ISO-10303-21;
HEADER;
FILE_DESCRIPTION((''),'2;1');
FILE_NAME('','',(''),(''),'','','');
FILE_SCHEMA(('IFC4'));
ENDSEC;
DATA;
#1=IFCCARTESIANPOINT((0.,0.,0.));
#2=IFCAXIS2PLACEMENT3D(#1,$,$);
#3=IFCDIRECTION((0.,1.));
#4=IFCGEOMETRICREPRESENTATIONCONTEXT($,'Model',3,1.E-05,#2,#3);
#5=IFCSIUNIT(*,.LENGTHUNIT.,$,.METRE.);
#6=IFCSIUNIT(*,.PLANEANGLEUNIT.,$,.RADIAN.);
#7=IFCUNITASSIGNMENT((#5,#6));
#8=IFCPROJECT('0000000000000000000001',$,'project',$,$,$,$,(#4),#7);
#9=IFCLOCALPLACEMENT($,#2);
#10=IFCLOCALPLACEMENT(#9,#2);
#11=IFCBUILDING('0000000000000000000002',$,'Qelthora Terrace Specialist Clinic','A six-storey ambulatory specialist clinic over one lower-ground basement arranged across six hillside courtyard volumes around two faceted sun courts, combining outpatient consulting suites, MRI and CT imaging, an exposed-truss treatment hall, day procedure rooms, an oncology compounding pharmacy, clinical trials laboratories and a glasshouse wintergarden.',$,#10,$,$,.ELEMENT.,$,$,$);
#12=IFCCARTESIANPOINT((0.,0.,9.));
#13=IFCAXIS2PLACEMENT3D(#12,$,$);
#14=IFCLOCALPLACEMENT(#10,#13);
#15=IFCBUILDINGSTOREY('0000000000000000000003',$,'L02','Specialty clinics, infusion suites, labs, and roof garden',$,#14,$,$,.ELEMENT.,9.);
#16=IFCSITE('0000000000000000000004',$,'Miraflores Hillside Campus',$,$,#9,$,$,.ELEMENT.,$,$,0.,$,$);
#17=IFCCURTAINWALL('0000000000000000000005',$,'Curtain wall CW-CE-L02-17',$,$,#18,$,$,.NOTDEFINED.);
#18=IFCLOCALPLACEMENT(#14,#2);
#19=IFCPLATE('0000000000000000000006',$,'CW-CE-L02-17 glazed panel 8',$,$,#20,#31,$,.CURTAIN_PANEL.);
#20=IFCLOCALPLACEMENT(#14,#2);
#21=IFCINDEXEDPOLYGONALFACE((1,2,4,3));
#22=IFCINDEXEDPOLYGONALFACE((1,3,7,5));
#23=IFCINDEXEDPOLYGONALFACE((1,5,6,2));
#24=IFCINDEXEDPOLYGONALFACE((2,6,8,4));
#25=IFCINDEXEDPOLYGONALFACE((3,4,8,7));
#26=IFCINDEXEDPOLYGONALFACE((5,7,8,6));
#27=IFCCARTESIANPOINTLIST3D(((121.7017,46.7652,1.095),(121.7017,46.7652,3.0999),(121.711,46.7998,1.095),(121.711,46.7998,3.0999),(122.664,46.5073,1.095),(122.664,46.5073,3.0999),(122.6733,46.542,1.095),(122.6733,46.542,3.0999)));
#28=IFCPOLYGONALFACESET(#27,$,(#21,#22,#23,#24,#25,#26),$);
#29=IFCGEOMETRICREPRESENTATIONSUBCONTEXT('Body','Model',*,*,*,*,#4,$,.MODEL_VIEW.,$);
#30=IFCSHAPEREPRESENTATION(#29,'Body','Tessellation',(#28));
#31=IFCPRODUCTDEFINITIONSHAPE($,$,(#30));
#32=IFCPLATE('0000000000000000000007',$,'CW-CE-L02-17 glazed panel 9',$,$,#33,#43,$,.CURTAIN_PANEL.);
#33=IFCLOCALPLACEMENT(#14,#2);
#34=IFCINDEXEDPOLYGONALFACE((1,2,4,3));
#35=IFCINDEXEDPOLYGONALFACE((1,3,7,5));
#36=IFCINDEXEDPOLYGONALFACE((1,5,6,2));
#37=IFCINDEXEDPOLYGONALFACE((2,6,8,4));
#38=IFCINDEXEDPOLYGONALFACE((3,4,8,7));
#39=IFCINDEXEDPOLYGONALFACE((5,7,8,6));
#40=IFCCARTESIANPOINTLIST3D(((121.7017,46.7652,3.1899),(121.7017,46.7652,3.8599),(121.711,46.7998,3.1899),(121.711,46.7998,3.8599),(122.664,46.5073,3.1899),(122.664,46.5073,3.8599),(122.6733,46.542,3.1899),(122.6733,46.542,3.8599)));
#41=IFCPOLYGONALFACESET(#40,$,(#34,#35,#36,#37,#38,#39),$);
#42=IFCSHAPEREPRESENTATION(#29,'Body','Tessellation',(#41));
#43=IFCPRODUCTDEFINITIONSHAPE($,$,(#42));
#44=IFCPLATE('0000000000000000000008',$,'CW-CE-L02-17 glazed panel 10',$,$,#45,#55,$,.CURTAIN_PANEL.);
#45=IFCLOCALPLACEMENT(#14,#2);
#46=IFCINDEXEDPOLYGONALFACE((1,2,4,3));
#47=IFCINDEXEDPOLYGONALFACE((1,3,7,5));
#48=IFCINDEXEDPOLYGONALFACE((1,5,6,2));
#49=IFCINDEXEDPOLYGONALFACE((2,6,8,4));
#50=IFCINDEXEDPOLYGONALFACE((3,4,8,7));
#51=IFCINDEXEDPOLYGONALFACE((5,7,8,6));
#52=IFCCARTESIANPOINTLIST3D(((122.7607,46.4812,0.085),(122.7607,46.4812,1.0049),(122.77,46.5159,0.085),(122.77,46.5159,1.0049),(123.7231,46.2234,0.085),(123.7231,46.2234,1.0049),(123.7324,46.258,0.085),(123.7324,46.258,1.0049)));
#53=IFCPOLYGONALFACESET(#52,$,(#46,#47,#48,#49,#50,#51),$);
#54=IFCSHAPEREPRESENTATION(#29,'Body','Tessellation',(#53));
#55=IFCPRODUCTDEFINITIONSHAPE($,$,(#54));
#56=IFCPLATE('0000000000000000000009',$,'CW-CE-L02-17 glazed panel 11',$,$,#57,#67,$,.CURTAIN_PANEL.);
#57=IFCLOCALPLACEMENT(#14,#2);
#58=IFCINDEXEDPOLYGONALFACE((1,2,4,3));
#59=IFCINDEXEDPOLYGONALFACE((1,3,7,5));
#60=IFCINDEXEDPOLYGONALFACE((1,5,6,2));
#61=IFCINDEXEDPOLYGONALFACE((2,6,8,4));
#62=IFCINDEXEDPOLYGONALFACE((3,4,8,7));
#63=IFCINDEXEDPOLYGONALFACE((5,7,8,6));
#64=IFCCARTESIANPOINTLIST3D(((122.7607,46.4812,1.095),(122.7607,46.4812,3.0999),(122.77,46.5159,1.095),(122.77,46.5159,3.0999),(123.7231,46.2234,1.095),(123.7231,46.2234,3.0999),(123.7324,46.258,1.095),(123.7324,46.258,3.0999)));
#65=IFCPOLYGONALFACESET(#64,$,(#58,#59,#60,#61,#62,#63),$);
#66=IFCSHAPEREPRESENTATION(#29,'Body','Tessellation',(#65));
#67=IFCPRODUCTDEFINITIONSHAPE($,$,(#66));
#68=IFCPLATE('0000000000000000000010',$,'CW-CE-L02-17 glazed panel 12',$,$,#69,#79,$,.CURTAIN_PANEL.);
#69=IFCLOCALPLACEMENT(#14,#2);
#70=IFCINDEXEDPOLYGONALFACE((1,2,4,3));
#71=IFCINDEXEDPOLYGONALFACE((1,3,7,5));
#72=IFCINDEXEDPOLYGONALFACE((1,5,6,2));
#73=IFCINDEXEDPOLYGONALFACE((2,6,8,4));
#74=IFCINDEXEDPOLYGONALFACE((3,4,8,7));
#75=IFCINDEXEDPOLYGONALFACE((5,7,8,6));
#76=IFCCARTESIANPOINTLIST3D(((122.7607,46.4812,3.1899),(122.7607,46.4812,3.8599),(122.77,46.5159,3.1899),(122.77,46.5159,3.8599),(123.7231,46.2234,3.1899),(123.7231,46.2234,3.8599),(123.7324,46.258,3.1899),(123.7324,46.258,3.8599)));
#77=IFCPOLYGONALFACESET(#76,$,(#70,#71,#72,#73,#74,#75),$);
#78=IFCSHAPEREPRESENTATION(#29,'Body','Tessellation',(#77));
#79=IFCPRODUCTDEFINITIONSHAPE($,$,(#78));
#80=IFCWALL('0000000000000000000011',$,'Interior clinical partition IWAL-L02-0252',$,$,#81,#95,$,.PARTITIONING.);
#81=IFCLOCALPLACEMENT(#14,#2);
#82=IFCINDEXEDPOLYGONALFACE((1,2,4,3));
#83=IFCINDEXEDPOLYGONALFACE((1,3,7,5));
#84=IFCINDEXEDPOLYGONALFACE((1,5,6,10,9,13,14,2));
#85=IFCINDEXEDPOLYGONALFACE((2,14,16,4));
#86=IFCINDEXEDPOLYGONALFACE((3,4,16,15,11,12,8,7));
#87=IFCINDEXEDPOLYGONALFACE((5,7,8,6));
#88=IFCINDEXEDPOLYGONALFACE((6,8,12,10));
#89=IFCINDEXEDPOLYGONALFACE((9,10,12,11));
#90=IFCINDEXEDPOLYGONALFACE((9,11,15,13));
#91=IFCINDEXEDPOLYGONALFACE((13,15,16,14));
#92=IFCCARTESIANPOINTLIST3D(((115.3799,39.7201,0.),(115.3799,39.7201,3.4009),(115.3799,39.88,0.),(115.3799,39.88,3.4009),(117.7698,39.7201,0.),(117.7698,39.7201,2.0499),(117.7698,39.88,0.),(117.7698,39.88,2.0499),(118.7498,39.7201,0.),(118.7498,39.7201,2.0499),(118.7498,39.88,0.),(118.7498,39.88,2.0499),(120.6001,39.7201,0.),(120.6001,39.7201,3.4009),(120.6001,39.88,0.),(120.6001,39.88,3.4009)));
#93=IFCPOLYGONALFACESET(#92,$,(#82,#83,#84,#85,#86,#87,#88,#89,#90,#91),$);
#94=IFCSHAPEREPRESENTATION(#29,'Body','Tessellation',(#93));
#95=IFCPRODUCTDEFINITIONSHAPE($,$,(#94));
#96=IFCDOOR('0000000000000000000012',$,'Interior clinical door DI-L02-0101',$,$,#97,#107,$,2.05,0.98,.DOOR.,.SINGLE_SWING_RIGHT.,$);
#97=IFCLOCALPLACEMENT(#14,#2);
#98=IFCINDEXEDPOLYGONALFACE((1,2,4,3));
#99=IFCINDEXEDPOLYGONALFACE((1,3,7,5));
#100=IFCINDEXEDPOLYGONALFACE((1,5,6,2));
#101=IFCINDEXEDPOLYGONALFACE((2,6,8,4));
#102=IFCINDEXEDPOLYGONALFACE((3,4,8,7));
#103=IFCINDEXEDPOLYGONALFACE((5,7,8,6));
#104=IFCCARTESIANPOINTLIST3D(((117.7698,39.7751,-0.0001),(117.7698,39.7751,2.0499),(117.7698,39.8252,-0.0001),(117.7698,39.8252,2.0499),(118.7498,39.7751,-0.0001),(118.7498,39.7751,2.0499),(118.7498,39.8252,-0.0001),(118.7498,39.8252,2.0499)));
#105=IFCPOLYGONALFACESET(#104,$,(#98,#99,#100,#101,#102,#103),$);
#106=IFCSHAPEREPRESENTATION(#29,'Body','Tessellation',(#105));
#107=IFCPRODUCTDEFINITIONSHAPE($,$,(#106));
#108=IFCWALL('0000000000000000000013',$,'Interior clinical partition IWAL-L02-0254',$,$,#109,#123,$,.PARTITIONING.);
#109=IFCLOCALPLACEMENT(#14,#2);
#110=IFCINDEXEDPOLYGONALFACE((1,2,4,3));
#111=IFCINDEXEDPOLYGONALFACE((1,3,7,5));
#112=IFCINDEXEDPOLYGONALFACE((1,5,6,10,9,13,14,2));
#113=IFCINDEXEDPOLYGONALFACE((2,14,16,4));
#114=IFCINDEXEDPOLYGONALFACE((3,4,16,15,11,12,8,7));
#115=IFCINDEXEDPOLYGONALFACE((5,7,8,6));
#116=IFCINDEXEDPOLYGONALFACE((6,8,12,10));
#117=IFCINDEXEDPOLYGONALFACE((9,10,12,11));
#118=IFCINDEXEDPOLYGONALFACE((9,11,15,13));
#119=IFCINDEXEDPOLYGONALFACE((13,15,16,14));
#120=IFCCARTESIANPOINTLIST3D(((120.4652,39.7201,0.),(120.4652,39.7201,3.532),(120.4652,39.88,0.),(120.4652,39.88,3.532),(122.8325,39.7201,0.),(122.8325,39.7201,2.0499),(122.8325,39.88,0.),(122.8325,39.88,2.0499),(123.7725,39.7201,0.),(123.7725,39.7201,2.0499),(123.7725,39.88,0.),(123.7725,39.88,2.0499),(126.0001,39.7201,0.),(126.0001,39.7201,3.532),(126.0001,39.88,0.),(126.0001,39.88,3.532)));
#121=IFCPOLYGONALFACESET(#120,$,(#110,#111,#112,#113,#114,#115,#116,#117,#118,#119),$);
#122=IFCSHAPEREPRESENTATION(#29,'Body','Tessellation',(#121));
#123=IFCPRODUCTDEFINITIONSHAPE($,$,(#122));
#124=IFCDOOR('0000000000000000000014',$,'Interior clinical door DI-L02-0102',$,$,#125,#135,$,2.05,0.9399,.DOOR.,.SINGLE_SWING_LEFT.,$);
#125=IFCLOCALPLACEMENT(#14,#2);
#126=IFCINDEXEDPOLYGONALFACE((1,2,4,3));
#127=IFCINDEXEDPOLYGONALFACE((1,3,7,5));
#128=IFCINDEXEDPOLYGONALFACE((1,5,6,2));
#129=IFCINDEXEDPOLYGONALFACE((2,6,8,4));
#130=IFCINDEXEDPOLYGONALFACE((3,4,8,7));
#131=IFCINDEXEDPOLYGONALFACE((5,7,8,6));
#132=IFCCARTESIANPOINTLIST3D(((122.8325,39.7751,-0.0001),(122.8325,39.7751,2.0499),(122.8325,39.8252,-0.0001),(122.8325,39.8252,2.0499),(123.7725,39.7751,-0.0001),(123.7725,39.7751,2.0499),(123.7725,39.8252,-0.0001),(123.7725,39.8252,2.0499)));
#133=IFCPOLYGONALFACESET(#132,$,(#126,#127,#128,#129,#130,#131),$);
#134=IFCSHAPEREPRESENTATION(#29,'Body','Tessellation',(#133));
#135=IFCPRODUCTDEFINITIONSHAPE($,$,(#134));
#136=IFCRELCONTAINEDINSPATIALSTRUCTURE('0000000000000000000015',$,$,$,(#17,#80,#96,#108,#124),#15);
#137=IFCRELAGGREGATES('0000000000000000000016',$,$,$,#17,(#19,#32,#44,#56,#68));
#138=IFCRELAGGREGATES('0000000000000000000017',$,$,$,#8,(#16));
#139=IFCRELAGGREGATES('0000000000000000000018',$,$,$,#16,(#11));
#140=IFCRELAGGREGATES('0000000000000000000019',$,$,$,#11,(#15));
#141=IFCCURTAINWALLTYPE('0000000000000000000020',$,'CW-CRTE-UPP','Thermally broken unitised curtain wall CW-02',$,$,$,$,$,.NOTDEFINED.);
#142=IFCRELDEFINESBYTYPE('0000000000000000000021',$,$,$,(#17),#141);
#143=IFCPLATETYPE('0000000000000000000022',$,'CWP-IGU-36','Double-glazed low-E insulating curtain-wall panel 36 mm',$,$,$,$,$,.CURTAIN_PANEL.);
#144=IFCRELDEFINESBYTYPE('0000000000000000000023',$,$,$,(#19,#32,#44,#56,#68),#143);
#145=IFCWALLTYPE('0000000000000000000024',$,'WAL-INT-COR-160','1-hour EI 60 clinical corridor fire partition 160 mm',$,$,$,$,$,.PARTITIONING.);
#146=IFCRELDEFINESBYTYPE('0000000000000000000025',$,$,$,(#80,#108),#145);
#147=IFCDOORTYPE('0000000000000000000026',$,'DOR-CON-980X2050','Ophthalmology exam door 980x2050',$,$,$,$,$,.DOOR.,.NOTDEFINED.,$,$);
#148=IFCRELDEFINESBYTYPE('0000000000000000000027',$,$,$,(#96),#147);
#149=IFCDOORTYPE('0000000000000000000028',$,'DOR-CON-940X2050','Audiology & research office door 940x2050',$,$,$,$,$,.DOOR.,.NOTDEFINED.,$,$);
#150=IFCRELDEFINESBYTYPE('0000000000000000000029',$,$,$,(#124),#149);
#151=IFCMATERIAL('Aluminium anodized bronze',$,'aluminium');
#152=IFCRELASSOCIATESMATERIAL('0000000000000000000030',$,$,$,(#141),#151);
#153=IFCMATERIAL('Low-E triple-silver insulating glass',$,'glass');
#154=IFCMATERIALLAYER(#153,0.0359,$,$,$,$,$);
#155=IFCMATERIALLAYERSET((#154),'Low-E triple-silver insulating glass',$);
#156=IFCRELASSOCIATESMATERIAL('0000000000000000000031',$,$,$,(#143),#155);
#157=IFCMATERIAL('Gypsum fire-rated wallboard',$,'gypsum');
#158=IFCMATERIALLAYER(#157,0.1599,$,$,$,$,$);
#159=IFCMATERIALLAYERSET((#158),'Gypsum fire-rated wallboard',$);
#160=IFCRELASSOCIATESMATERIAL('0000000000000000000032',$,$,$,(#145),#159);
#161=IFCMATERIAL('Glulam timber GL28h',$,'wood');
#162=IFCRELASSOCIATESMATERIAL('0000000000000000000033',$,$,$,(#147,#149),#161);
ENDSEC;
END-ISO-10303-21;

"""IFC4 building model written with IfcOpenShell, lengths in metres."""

from ifc_helpers import new_model, si_unit, direction, frame, frame_2d, origin, origin_2d, place, context, subcontext, project, spatial, rectangle, extrude, material, layer, layer_set, type_object, element, fill, aggregate, save


model = new_model("IFC4")

# Units and contexts
model_context = context("Model", 3, precision=1e-05, world=origin(), true_north=direction((0.0, 1.0)))
body_context = subcontext(model_context, "Body", "Model", "MODEL_VIEW")
ifc_project = project(units=[si_unit("LENGTHUNIT", "METRE"), si_unit("PLANEANGLEUNIT", "RADIAN")], contexts=[model_context])

# Site, building, storey
site_placement = place(None, origin())
site = spatial("IfcSite", under=ifc_project, at=site_placement, Name="Miraflores Hillside Campus", CompositionType="ELEMENT", RefElevation=0.0)
building_placement = place(site_placement, origin())
building = spatial("IfcBuilding", under=site, at=building_placement, Name="Qelthora Terrace Specialist Clinic", Description="A six-storey ambulatory specialist clinic over one lower-ground basement arranged across six hillside courtyard volumes around two faceted sun courts, combining outpatient consulting suites, MRI and CT imaging, an exposed-truss treatment hall, day procedure rooms, an oncology compounding pharmacy, clinical trials laboratories and a glasshouse wintergarden.", CompositionType="ELEMENT")
storey_placement = place(building_placement, frame((0.0, 0.0, 9.0)))
storey = spatial("IfcBuildingStorey", under=building, at=storey_placement, Name="L02", Description="Specialty clinics, infusion suites, labs, and roof garden", CompositionType="ELEMENT", Elevation=9.0)

# Curtain wall
ifc_material_1 = material(Name="Aluminium anodized bronze", Category="aluminium")
curtain_wall_type = type_object("IfcCurtainWallType", Name="CW-CRTE-UPP", Description="Thermally broken unitised curtain wall CW-02", PredefinedType="NOTDEFINED", material=ifc_material_1)
curtain_wall_1_placement = place(storey_placement, origin())
curtain_wall_1 = element("IfcCurtainWall", 1, at=curtain_wall_1_placement, inside=storey, type_object=curtain_wall_type, Name="Curtain wall CW-CE-L02-17", PredefinedType="NOTDEFINED")

# Plates
ifc_material_2 = material(Name="Low-E triple-silver insulating glass", Category="glass")
ifc_layer_1 = layer(ifc_material_2, 0.0359)
ifc_layer_set_1 = layer_set([ifc_layer_1], Name="Low-E triple-silver insulating glass")
plate_type = type_object("IfcPlateType", Name="CWP-IGU-36", Description="Double-glazed low-E insulating curtain-wall panel 36 mm", PredefinedType="CURTAIN_PANEL", material=ifc_layer_set_1)
plate_1_placement = place(storey_placement, frame((122.1875, 46.6536, 1.095), z_axis=(0.0, 0.0, 1.0), x_axis=(0.965926, -0.258819, 0.0)))
plate_1 = element("IfcPlate", 2, at=plate_1_placement, type_object=plate_type, Name="CW-CE-L02-17 glazed panel 8", PredefinedType="CURTAIN_PANEL", context=body_context, shape_type="SweptSolid", body=[
    extrude(rectangle(XDim=0.9963, YDim=0.0359, at=origin_2d()), origin(), (0.0, 0.0, 1.0), 2.0049),
])
plate_2_placement = place(storey_placement, frame((122.1875, 46.6536, 3.1899), z_axis=(0.0, 0.0, 1.0), x_axis=(0.965926, -0.258819, 0.0)))
plate_2 = element("IfcPlate", 3, at=plate_2_placement, type_object=plate_type, Name="CW-CE-L02-17 glazed panel 9", PredefinedType="CURTAIN_PANEL", context=body_context, shape_type="SweptSolid", body=[
    extrude(rectangle(XDim=0.9963, YDim=0.0359, at=origin_2d()), origin(), (0.0, 0.0, 1.0), 0.6699),
])
plate_3_placement = place(storey_placement, frame((123.2466, 46.3696, 0.085), z_axis=(0.0, 0.0, 1.0), x_axis=(0.965926, -0.258819, 0.0)))
plate_3 = element("IfcPlate", 4, at=plate_3_placement, type_object=plate_type, Name="CW-CE-L02-17 glazed panel 10", PredefinedType="CURTAIN_PANEL", context=body_context, shape_type="SweptSolid", body=[
    extrude(rectangle(XDim=0.9963, YDim=0.0359, at=origin_2d()), origin(), (0.0, 0.0, 1.0), 0.9199),
])
plate_4_placement = place(storey_placement, frame((123.2466, 46.3696, 1.095), z_axis=(0.0, 0.0, 1.0), x_axis=(0.965926, -0.258819, 0.0)))
plate_4 = element("IfcPlate", 5, at=plate_4_placement, type_object=plate_type, Name="CW-CE-L02-17 glazed panel 11", PredefinedType="CURTAIN_PANEL", context=body_context, shape_type="SweptSolid", body=[
    extrude(rectangle(XDim=0.9963, YDim=0.0359, at=origin_2d()), origin(), (0.0, 0.0, 1.0), 2.0049),
])
plate_5_placement = place(storey_placement, frame((123.2466, 46.3696, 3.1899), z_axis=(0.0, 0.0, 1.0), x_axis=(0.965926, -0.258819, 0.0)))
plate_5 = element("IfcPlate", 6, at=plate_5_placement, type_object=plate_type, Name="CW-CE-L02-17 glazed panel 12", PredefinedType="CURTAIN_PANEL", context=body_context, shape_type="SweptSolid", body=[
    extrude(rectangle(XDim=0.9963, YDim=0.0359, at=origin_2d()), origin(), (0.0, 0.0, 1.0), 0.6699),
])
aggregate(curtain_wall_1, [plate_1, plate_2, plate_3, plate_4, plate_5])

# Walls, openings, doors
ifc_material_3 = material(Name="Gypsum fire-rated wallboard", Category="gypsum")
ifc_layer_2 = layer(ifc_material_3, 0.1599)
ifc_layer_set_2 = layer_set([ifc_layer_2], Name="Gypsum fire-rated wallboard")
wall_type = type_object("IfcWallType", Name="WAL-INT-COR-160", Description="1-hour EI 60 clinical corridor fire partition 160 mm", PredefinedType="PARTITIONING", material=ifc_layer_set_2)
wall_1_placement = place(storey_placement, frame((115.3799, 39.8, 0.0), z_axis=(0.0, 0.0, 1.0), x_axis=(1.0, 0.0, 0.0)))
wall_1 = element("IfcWall", 7, at=wall_1_placement, inside=storey, type_object=wall_type, Name="Interior clinical partition IWAL-L02-0252", PredefinedType="PARTITIONING", context=body_context, shape_type="SweptSolid", body=[
    extrude(rectangle(XDim=5.2202, YDim=0.1599, at=frame_2d((2.6101, 0.0))), origin(), (0.0, 0.0, 1.0), 3.4009),
])
opening_1_placement = place(wall_1_placement, frame((2.3899, 0.0, 0.0)))
opening_1 = element("IfcOpeningElement", 8, at=opening_1_placement, cuts=wall_1, PredefinedType="OPENING", context=body_context, shape_type="SweptSolid", body=[
    extrude(rectangle(XDim=0.98, YDim=2.05, at=frame_2d((0.49, 1.0249))), frame((0.0, 0.0898, 0.0), z_axis=(0.0, -1.0, 0.0), x_axis=(1.0, 0.0, 0.0)), (0.0, 0.0, 1.0), 0.1799),
])
ifc_material_4 = material(Name="Glulam timber GL28h", Category="wood")
door_type_1 = type_object("IfcDoorType", Name="DOR-CON-980X2050", Description="Ophthalmology exam door 980x2050", OperationType="NOTDEFINED", PredefinedType="DOOR", material=ifc_material_4)
door_1_placement = place(opening_1_placement, frame((0.98, 0.0, 0.0), z_axis=(0.0, 0.0, 1.0), x_axis=(-1.0, 0.0, 0.0)))
door_1 = element("IfcDoor", 9, at=door_1_placement, inside=storey, type_object=door_type_1, Name="Interior clinical door DI-L02-0101", OperationType="SINGLE_SWING_RIGHT", OverallHeight=2.05, OverallWidth=0.98, PredefinedType="DOOR", context=body_context, shape_type="SweptSolid", body=[
    extrude(rectangle(XDim=0.98, YDim=2.05, at=frame_2d((0.49, 1.0249))), frame((0.0, 0.0249, 0.0), z_axis=(0.0, -1.0, 0.0), x_axis=(1.0, 0.0, 0.0)), (0.0, 0.0, 1.0), 0.05),
])
fill(opening_1, door_1)
wall_2_placement = place(storey_placement, frame((120.4651, 39.8, 0.0), z_axis=(0.0, 0.0, 1.0), x_axis=(1.0, 0.0, 0.0)))
wall_2 = element("IfcWall", 10, at=wall_2_placement, inside=storey, type_object=wall_type, Name="Interior clinical partition IWAL-L02-0254", PredefinedType="PARTITIONING", context=body_context, shape_type="SweptSolid", body=[
    extrude(rectangle(XDim=5.5349, YDim=0.1599, at=frame_2d((2.7676, 0.0))), origin(), (0.0, 0.0, 1.0), 3.532),
])
opening_2_placement = place(wall_2_placement, frame((2.3674, 0.0, 0.0)))
opening_2 = element("IfcOpeningElement", 11, at=opening_2_placement, cuts=wall_2, PredefinedType="OPENING", context=body_context, shape_type="SweptSolid", body=[
    extrude(rectangle(XDim=0.9399, YDim=2.05, at=frame_2d((0.47, 1.0249))), frame((0.0, 0.0898, 0.0), z_axis=(0.0, -1.0, 0.0), x_axis=(1.0, 0.0, 0.0)), (0.0, 0.0, 1.0), 0.1799),
])
door_type_2 = type_object("IfcDoorType", Name="DOR-CON-940X2050", Description="Audiology & research office door 940x2050", OperationType="NOTDEFINED", PredefinedType="DOOR", material=ifc_material_4)
door_2_placement = place(opening_2_placement, frame((0.9399, 0.0, 0.0), z_axis=(0.0, 0.0, 1.0), x_axis=(-1.0, 0.0, 0.0)))
door_2 = element("IfcDoor", 12, at=door_2_placement, inside=storey, type_object=door_type_2, Name="Interior clinical door DI-L02-0102", OperationType="SINGLE_SWING_LEFT", OverallHeight=2.05, OverallWidth=0.9399, PredefinedType="DOOR", context=body_context, shape_type="SweptSolid", body=[
    extrude(rectangle(XDim=0.9399, YDim=2.05, at=frame_2d((0.47, 1.0249))), frame((0.0, 0.0249, 0.0), z_axis=(0.0, -1.0, 0.0), x_axis=(1.0, 0.0, 0.0)), (0.0, 0.0, 1.0), 0.05),
])
fill(opening_2, door_2)

save(model, "model.ifc")
